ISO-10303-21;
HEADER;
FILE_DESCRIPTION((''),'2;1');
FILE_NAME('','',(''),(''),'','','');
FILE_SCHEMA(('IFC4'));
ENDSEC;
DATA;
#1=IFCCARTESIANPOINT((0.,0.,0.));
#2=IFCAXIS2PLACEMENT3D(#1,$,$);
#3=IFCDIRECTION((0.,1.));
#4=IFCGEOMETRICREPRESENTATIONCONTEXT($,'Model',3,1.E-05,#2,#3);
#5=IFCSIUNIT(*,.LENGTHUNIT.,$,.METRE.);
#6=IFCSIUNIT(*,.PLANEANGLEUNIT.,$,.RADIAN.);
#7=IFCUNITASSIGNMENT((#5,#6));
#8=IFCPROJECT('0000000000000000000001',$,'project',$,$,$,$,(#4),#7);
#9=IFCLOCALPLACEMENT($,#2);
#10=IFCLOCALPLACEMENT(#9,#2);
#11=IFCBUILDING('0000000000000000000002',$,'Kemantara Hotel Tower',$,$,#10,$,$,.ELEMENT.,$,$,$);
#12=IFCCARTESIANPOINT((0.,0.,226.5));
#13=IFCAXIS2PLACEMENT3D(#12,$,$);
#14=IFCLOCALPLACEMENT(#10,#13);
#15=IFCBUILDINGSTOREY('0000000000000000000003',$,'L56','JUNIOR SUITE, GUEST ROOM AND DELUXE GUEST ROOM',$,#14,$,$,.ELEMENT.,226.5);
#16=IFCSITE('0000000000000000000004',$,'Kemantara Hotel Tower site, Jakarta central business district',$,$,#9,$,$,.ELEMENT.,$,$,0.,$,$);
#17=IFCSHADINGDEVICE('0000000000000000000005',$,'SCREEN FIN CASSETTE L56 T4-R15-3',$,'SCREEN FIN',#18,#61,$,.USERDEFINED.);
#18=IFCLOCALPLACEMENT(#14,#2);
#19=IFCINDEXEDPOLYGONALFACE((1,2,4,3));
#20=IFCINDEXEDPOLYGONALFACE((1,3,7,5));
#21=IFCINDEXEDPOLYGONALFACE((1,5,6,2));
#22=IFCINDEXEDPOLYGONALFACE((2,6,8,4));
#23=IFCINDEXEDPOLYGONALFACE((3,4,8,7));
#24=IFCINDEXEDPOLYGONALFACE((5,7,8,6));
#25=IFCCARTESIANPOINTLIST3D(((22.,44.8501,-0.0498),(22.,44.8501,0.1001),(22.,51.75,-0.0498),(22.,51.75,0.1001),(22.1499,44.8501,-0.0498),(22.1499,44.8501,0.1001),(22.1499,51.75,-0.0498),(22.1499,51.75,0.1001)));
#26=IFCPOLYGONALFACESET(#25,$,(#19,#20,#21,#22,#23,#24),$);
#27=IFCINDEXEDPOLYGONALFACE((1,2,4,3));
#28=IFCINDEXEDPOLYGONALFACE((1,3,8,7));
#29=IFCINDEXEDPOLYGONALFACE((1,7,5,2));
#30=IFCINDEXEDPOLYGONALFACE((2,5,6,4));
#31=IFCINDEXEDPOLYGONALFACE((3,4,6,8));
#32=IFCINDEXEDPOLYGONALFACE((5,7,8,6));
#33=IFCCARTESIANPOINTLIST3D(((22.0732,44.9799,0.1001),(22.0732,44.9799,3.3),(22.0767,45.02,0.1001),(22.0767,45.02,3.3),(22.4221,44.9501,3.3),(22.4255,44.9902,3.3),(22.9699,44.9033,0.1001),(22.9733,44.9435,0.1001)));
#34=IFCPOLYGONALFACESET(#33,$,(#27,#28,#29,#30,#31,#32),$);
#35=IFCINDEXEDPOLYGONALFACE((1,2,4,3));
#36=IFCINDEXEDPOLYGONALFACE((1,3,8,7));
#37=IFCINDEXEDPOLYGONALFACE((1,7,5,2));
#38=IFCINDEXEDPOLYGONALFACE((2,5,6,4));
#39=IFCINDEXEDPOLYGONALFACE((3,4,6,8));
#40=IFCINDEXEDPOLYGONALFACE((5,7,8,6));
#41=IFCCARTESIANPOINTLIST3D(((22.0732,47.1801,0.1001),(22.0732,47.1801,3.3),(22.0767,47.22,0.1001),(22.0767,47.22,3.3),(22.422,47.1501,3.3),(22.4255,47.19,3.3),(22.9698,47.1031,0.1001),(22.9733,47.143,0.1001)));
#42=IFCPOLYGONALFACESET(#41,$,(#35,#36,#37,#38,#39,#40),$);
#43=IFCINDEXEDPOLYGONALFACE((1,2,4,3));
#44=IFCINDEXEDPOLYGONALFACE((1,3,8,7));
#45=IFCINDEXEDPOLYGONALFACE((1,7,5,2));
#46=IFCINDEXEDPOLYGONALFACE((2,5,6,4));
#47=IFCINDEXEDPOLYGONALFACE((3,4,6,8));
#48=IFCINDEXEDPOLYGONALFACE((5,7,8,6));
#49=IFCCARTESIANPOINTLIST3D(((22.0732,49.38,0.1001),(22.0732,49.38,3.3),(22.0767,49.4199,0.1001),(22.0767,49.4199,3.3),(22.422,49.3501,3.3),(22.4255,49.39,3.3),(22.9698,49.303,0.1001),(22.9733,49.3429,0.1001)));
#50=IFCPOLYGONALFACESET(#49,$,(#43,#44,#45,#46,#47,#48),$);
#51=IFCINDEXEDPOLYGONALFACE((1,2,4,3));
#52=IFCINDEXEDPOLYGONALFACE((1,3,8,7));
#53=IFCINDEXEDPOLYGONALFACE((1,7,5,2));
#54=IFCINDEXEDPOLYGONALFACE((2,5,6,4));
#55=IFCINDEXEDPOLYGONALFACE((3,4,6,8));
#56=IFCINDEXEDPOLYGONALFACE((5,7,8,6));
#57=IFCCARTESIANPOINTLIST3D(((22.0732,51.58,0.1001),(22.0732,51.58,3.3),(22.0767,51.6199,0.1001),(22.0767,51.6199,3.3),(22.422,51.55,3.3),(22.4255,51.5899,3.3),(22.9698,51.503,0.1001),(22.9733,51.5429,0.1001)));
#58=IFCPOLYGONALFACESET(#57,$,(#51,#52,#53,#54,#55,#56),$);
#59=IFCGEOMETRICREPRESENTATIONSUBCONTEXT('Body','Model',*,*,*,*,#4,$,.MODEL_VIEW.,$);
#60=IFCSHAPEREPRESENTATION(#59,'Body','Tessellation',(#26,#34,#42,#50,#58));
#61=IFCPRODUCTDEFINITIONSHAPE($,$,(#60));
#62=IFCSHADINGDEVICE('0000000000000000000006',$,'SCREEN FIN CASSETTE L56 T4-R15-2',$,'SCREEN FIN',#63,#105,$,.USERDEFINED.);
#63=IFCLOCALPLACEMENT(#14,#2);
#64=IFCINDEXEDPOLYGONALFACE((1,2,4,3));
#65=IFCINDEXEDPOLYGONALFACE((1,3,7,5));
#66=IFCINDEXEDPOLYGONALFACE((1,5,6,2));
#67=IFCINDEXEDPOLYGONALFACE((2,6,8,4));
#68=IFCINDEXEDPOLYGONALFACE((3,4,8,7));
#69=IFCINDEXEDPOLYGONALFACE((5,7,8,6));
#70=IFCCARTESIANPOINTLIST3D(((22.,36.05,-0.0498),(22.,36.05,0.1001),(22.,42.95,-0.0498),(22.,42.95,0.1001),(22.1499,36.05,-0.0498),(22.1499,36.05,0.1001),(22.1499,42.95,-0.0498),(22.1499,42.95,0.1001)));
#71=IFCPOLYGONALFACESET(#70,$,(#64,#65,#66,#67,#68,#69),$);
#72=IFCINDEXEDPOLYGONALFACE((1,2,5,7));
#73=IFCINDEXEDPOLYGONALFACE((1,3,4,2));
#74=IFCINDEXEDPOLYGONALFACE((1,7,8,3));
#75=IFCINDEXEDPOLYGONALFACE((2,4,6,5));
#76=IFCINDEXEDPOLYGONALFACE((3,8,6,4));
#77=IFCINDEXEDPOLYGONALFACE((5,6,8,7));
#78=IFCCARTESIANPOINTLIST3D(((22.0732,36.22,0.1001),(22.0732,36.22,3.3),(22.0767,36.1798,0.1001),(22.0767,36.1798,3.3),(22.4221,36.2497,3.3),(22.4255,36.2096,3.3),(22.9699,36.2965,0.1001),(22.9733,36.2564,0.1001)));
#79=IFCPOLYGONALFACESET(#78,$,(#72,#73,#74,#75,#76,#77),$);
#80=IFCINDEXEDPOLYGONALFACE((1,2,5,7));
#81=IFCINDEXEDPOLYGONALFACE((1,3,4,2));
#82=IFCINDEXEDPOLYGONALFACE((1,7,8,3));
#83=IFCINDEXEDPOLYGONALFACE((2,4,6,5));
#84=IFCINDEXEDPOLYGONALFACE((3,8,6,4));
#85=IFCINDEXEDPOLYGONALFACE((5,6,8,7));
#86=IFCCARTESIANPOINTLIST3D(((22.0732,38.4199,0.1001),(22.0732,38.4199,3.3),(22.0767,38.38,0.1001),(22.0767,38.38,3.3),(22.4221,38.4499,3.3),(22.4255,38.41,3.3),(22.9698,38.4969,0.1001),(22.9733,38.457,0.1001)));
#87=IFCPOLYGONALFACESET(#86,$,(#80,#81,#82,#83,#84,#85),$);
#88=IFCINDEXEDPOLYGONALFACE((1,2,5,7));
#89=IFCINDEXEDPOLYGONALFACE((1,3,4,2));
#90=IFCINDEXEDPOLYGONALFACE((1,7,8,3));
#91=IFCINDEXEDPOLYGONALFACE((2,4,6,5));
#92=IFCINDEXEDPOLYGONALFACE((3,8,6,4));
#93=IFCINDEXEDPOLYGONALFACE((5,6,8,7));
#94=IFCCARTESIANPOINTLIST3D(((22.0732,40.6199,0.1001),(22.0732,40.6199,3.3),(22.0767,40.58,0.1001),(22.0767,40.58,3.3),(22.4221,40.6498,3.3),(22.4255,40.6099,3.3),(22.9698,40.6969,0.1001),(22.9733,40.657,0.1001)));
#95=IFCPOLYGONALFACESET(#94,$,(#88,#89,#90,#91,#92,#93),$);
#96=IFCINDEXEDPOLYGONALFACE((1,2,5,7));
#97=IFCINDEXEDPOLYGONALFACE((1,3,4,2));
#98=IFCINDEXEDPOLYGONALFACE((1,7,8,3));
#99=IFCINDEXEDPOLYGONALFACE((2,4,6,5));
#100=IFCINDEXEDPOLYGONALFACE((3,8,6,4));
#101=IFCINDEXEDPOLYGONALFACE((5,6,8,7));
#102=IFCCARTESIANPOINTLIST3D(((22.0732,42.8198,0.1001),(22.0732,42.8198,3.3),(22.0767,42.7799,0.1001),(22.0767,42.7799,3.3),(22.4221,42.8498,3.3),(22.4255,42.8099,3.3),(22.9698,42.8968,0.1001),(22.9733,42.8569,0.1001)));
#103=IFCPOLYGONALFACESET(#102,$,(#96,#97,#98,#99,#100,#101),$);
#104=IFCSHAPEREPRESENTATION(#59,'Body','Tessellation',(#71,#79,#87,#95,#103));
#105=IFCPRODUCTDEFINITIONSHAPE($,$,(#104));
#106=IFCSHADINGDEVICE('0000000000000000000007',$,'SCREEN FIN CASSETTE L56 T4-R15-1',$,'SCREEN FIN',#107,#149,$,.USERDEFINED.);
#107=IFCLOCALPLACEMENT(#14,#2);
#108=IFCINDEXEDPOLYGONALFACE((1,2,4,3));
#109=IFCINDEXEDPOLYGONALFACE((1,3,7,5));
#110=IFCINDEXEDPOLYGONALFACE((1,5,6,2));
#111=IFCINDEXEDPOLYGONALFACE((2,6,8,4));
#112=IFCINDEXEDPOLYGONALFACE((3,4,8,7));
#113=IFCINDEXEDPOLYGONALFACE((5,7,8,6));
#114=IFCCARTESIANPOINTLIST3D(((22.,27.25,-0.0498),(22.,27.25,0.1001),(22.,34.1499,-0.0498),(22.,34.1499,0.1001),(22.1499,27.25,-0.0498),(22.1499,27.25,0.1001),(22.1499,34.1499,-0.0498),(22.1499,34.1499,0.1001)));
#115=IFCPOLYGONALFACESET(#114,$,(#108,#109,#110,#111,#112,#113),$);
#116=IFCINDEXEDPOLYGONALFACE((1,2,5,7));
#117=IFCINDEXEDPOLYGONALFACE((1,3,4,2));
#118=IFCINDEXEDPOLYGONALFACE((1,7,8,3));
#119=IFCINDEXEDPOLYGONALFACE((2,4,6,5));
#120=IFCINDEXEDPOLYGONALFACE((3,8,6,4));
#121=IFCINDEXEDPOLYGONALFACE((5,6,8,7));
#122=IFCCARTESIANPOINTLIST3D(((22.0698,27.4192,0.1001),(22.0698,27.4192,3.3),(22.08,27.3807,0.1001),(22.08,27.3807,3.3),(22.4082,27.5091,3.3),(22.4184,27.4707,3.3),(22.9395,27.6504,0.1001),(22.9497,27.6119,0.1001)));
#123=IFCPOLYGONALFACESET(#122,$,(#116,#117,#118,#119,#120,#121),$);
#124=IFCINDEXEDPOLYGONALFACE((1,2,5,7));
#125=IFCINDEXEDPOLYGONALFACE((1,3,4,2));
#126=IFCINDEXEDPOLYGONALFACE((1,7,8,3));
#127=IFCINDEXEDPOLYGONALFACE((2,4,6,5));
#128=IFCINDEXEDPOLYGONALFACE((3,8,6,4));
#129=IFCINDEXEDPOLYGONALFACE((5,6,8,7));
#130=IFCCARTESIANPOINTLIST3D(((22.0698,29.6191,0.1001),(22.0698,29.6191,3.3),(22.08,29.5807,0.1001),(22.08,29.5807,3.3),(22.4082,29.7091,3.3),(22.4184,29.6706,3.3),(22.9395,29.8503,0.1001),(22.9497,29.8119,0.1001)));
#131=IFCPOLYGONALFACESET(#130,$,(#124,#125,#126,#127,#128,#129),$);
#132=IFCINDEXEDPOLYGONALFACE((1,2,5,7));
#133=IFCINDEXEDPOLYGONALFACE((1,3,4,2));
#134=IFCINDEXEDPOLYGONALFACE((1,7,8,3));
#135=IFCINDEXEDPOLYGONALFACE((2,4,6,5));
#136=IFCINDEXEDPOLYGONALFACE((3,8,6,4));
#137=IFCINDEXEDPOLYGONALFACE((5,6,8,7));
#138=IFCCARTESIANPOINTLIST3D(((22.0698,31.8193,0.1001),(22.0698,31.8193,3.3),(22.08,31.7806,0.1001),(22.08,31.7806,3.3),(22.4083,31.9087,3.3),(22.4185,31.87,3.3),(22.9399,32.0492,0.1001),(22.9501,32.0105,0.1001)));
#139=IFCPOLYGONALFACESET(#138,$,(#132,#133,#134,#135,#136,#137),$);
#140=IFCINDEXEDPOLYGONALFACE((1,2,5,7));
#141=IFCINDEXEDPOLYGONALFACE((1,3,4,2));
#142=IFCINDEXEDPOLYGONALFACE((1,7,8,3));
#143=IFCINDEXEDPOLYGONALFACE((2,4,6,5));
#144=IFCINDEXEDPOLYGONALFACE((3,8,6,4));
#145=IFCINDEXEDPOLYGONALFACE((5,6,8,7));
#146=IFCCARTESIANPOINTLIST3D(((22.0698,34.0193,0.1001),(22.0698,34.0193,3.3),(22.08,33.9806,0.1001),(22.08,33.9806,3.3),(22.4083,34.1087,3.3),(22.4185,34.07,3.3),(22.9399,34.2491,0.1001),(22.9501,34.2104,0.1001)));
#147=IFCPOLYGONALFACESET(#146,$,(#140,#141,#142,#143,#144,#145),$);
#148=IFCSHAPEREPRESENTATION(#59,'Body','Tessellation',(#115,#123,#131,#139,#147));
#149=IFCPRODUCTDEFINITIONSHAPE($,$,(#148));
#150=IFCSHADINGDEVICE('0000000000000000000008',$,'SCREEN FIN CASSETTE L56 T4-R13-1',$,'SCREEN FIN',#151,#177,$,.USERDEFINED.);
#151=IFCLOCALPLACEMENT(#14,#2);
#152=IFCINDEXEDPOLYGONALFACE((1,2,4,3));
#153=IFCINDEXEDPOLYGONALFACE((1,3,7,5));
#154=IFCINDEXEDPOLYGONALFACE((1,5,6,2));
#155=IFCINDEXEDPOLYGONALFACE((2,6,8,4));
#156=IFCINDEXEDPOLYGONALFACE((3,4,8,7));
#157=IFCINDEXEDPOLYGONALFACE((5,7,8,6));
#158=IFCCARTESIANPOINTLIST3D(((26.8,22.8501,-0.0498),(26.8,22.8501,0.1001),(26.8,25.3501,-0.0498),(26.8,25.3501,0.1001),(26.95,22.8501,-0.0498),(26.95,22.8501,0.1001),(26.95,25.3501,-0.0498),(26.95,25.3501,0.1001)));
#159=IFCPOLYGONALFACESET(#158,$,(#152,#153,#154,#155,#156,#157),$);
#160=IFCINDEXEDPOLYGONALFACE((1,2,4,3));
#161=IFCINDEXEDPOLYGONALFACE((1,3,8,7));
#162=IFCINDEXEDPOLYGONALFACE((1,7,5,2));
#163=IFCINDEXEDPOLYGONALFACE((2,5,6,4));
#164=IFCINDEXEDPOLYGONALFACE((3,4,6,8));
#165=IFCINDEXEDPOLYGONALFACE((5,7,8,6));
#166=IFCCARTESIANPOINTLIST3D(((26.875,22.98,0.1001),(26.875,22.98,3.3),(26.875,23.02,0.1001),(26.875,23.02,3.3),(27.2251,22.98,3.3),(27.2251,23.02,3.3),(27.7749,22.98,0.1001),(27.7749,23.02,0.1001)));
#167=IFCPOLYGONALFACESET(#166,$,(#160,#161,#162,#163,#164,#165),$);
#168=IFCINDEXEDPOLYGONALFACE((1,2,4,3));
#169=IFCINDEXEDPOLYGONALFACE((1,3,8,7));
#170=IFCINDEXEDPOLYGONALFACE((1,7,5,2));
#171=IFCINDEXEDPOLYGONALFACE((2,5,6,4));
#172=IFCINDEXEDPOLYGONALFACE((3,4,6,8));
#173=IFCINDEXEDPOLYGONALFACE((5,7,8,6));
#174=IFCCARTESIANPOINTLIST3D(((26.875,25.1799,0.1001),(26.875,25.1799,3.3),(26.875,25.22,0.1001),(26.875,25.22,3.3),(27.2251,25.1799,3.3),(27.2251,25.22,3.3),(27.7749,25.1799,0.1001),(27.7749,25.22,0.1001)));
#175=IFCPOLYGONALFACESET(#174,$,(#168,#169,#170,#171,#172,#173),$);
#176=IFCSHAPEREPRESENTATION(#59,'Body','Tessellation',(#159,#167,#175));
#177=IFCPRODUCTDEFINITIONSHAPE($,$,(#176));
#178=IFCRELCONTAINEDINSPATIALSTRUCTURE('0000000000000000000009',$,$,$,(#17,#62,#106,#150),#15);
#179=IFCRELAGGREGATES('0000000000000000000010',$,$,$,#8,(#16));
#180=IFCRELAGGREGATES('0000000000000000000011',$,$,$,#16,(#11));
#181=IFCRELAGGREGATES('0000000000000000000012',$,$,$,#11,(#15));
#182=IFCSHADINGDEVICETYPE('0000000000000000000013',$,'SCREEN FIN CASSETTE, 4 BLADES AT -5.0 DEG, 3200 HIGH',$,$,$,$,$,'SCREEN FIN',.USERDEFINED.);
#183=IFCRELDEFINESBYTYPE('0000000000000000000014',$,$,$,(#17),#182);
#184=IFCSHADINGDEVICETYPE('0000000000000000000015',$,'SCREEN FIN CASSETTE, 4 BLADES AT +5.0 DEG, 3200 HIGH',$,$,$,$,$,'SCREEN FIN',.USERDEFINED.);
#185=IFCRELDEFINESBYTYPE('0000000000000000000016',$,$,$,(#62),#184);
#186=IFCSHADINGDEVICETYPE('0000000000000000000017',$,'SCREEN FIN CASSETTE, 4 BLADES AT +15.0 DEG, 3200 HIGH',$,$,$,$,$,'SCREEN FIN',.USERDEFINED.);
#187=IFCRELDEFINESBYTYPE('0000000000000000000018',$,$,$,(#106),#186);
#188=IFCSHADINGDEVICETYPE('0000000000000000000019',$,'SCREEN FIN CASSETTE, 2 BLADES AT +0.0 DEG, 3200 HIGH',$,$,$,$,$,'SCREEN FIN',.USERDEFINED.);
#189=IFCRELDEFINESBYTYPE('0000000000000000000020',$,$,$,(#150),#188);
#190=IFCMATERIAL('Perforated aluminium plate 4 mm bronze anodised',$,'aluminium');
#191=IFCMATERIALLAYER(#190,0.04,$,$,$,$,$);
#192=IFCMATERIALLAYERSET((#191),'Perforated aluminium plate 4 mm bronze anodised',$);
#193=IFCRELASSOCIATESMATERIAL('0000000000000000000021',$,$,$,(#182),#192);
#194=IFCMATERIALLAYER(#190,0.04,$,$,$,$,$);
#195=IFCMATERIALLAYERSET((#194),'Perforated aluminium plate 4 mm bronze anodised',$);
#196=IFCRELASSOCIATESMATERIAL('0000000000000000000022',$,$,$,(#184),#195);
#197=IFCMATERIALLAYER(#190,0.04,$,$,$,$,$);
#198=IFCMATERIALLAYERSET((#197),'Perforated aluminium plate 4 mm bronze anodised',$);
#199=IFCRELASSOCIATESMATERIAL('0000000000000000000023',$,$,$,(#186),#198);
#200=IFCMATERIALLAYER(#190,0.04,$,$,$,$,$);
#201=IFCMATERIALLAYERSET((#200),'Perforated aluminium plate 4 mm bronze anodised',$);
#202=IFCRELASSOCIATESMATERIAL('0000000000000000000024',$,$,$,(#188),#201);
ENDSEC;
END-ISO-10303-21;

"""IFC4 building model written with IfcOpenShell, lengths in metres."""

from ifc_helpers import new_model, si_unit, direction, frame, origin, origin_2d, place, context, subcontext, project, spatial, polyline, rectangle, outline, extrude, source, transform, mapped, material, layer, layer_set, type_object, element, save


model = new_model("IFC4")

# Units and contexts
model_context = context("Model", 3, precision=1e-05, world=origin(), true_north=direction((0.0, 1.0)))
body_context = subcontext(model_context, "Body", "Model", "MODEL_VIEW")
ifc_project = project(units=[si_unit("LENGTHUNIT", "METRE"), si_unit("PLANEANGLEUNIT", "RADIAN")], contexts=[model_context])

# Site, building, storey
site_placement = place(None, origin())
site = spatial("IfcSite", under=ifc_project, at=site_placement, Name="Kemantara Hotel Tower site, Jakarta central business district", CompositionType="ELEMENT", RefElevation=0.0)
building_placement = place(site_placement, origin())
building = spatial("IfcBuilding", under=site, at=building_placement, Name="Kemantara Hotel Tower", CompositionType="ELEMENT")
storey_placement = place(building_placement, frame((0.0, 0.0, 226.5)))
storey = spatial("IfcBuildingStorey", under=building, at=storey_placement, Name="L56", Description="JUNIOR SUITE, GUEST ROOM AND DELUXE GUEST ROOM", CompositionType="ELEMENT", Elevation=226.5)

# Shading devices
ifc_material_1 = material(Name="Perforated aluminium plate 4 mm bronze anodised", Category="aluminium")
ifc_layer_1 = layer(ifc_material_1, 0.04)
ifc_layer_set_1 = layer_set([ifc_layer_1], Name="Perforated aluminium plate 4 mm bronze anodised")
shading_device_type_1 = type_object("IfcShadingDeviceType", Name="SCREEN FIN CASSETTE, 4 BLADES AT -5.0 DEG, 3200 HIGH", ElementType="SCREEN FIN", PredefinedType="USERDEFINED", material=ifc_layer_set_1)
shared_shape_1 = source(origin(), body_context, "Body", "SweptSolid", [
    extrude(rectangle(XDim=6.8999, YDim=0.1499, at=origin_2d()), frame((3.3, -0.075, -0.1499), z_axis=(0.0, 0.0, 1.0), x_axis=(1.0, 0.0, 0.0)), (0.0, 0.0, 1.0), 0.1499),
    extrude(outline(polyline([(0.0, 0.0), (0.8999, 0.0), (0.3501, 3.2), (0.0, 3.2), (0.0, 0.0)])), frame((0.02, -0.0767, 0.0), z_axis=(-0.996376, 0.085056, 0.0), x_axis=(-0.085056, -0.996376, 0.0)), (0.0, 0.0, 1.0), 0.0403),
    extrude(outline(polyline([(0.0, 0.0), (0.8999, 0.0), (0.3501, 3.2), (0.0, 3.2), (0.0, 0.0)])), frame((2.22, -0.0767, 0.0), z_axis=(-0.996332, 0.085575, 0.0), x_axis=(-0.085575, -0.996332, 0.0)), (0.0, 0.0, 1.0), 0.04),
    extrude(outline(polyline([(0.0, 0.0), (0.8999, 0.0), (0.3501, 3.2), (0.0, 3.2), (0.0, 0.0)])), frame((4.4199, -0.0767, 0.0), z_axis=(-0.996332, 0.085575, 0.0), x_axis=(-0.085575, -0.996332, 0.0)), (0.0, 0.0, 1.0), 0.04),
    extrude(outline(polyline([(0.0, 0.0), (0.8999, 0.0), (0.3501, 3.2), (0.0, 3.2), (0.0, 0.0)])), frame((6.6199, -0.0767, 0.0), z_axis=(-0.996332, 0.085575, 0.0), x_axis=(-0.085575, -0.996332, 0.0)), (0.0, 0.0, 1.0), 0.04),
])
shading_device_1_placement = place(storey_placement, frame((22.0, 45.0, 0.1001), z_axis=(0.0, 0.0, 1.0), x_axis=(0.0, 1.0, 0.0)))
element("IfcShadingDevice", 1, at=shading_device_1_placement, inside=storey, type_object=shading_device_type_1, Name="SCREEN FIN CASSETTE L56 T4-R15-3", ObjectType="SCREEN FIN", PredefinedType="USERDEFINED", context=body_context, shape_type="MappedRepresentation", body=[
    mapped(shared_shape_1, transform((0.0, 0.0, 0.0))),
])
ifc_layer_2 = layer(ifc_material_1, 0.04)
ifc_layer_set_2 = layer_set([ifc_layer_2], Name="Perforated aluminium plate 4 mm bronze anodised")
shading_device_type_2 = type_object("IfcShadingDeviceType", Name="SCREEN FIN CASSETTE, 4 BLADES AT +5.0 DEG, 3200 HIGH", ElementType="SCREEN FIN", PredefinedType="USERDEFINED", material=ifc_layer_set_2)
shared_shape_2 = source(origin(), body_context, "Body", "SweptSolid", [
    extrude(rectangle(XDim=6.8999, YDim=0.1499, at=origin_2d()), frame((3.3, -0.075, -0.1499), z_axis=(0.0, 0.0, 1.0), x_axis=(1.0, 0.0, 0.0)), (0.0, 0.0, 1.0), 0.1499),
    extrude(outline(polyline([(0.0, 0.0), (0.8999, 0.0), (0.3501, 3.2), (0.0, 3.2), (0.0, 0.0)])), frame((0.02, -0.0732, 0.0), z_axis=(-0.996376, -0.085056, 0.0), x_axis=(0.085056, -0.996376, 0.0)), (0.0, 0.0, 1.0), 0.0403),
    extrude(outline(polyline([(0.0, 0.0), (0.8999, 0.0), (0.3501, 3.2), (0.0, 3.2), (0.0, 0.0)])), frame((2.22, -0.0732, 0.0), z_axis=(-0.996332, -0.085575, 0.0), x_axis=(0.085575, -0.996332, 0.0)), (0.0, 0.0, 1.0), 0.04),
    extrude(outline(polyline([(0.0, 0.0), (0.8999, 0.0), (0.3501, 3.2), (0.0, 3.2), (0.0, 0.0)])), frame((4.4199, -0.0732, 0.0), z_axis=(-0.996332, -0.085575, 0.0), x_axis=(0.085575, -0.996332, 0.0)), (0.0, 0.0, 1.0), 0.04),
    extrude(outline(polyline([(0.0, 0.0), (0.8999, 0.0), (0.3501, 3.2), (0.0, 3.2), (0.0, 0.0)])), frame((6.6199, -0.0732, 0.0), z_axis=(-0.996332, -0.085575, 0.0), x_axis=(0.085575, -0.996332, 0.0)), (0.0, 0.0, 1.0), 0.04),
])
shading_device_2_placement = place(storey_placement, frame((22.0, 36.2, 0.1001), z_axis=(0.0, 0.0, 1.0), x_axis=(0.0, 1.0, 0.0)))
element("IfcShadingDevice", 2, at=shading_device_2_placement, inside=storey, type_object=shading_device_type_2, Name="SCREEN FIN CASSETTE L56 T4-R15-2", ObjectType="SCREEN FIN", PredefinedType="USERDEFINED", context=body_context, shape_type="MappedRepresentation", body=[
    mapped(shared_shape_2, transform((0.0, 0.0, 0.0))),
])
ifc_layer_3 = layer(ifc_material_1, 0.04)
ifc_layer_set_3 = layer_set([ifc_layer_3], Name="Perforated aluminium plate 4 mm bronze anodised")
shading_device_type_3 = type_object("IfcShadingDeviceType", Name="SCREEN FIN CASSETTE, 4 BLADES AT +15.0 DEG, 3200 HIGH", ElementType="SCREEN FIN", PredefinedType="USERDEFINED", material=ifc_layer_set_3)
shared_shape_3 = source(origin(), body_context, "Body", "SweptSolid", [
    extrude(rectangle(XDim=6.8999, YDim=0.1499, at=origin_2d()), frame((3.3, -0.075, -0.1499), z_axis=(0.0, 0.0, 1.0), x_axis=(1.0, 0.0, 0.0)), (0.0, 0.0, 1.0), 0.1499),
    extrude(outline(polyline([(0.0, 0.0), (0.8999, 0.0), (0.3501, 3.2), (0.0, 3.2), (0.0, 0.0)])), frame((0.0193, -0.0698, 0.0), z_axis=(-0.966438, -0.256901, 0.0), x_axis=(0.256901, -0.966438, 0.0)), (0.0, 0.0, 1.0), 0.0398),
    extrude(outline(polyline([(0.0, 0.0), (0.8999, 0.0), (0.3501, 3.2), (0.0, 3.2), (0.0, 0.0)])), frame((2.2192, -0.0698, 0.0), z_axis=(-0.966438, -0.256901, 0.0), x_axis=(0.256901, -0.966438, 0.0)), (0.0, 0.0, 1.0), 0.0398),
    extrude(outline(polyline([(0.0, 0.0), (0.8999, 0.0), (0.3501, 3.2), (0.0, 3.2), (0.0, 0.0)])), frame((4.4194, -0.0698, 0.0), z_axis=(-0.966838, -0.255391, 0.0), x_axis=(0.255391, -0.966838, 0.0)), (0.0, 0.0, 1.0), 0.04),
    extrude(outline(polyline([(0.0, 0.0), (0.8999, 0.0), (0.3501, 3.2), (0.0, 3.2), (0.0, 0.0)])), frame((6.6194, -0.0698, 0.0), z_axis=(-0.966838, -0.255391, 0.0), x_axis=(0.255391, -0.966838, 0.0)), (0.0, 0.0, 1.0), 0.04),
])
shading_device_3_placement = place(storey_placement, frame((22.0, 27.3999, 0.1001), z_axis=(0.0, 0.0, 1.0), x_axis=(0.0, 1.0, 0.0)))
element("IfcShadingDevice", 3, at=shading_device_3_placement, inside=storey, type_object=shading_device_type_3, Name="SCREEN FIN CASSETTE L56 T4-R15-1", ObjectType="SCREEN FIN", PredefinedType="USERDEFINED", context=body_context, shape_type="MappedRepresentation", body=[
    mapped(shared_shape_3, transform((0.0, 0.0, 0.0))),
])
ifc_layer_4 = layer(ifc_material_1, 0.04)
ifc_layer_set_4 = layer_set([ifc_layer_4], Name="Perforated aluminium plate 4 mm bronze anodised")
shading_device_type_4 = type_object("IfcShadingDeviceType", Name="SCREEN FIN CASSETTE, 2 BLADES AT +0.0 DEG, 3200 HIGH", ElementType="SCREEN FIN", PredefinedType="USERDEFINED", material=ifc_layer_set_4)
shared_shape_4 = source(origin(), body_context, "Body", "SweptSolid", [
    extrude(rectangle(XDim=2.5, YDim=0.1499, at=origin_2d()), frame((1.1001, -0.075, -0.1499), z_axis=(0.0, 0.0, 1.0), x_axis=(1.0, 0.0, 0.0)), (0.0, 0.0, 1.0), 0.1499),
    extrude(outline(polyline([(0.0, 0.0), (0.8999, 0.0), (0.3501, 3.2), (0.0, 3.2), (0.0, 0.0)])), frame((0.02, -0.075, 0.0), z_axis=(-1.0, 0.0, 0.0), x_axis=(0.0, -1.0, 0.0)), (0.0, 0.0, 1.0), 0.04),
    extrude(outline(polyline([(0.0, 0.0), (0.8999, 0.0), (0.3501, 3.2), (0.0, 3.2), (0.0, 0.0)])), frame((2.22, -0.075, 0.0), z_axis=(-1.0, 0.0, 0.0), x_axis=(0.0, -1.0, 0.0)), (0.0, 0.0, 1.0), 0.04),
])
for number, where, z_axis, x_axis, name in (
    (4, (26.8, 23.0, 0.1001), (0.0, 0.0, 1.0), (0.0, 1.0, 0.0), "SCREEN FIN CASSETTE L56 T4-R13-1"),
):
    element("IfcShadingDevice", number, at=place(storey_placement, frame(where, z_axis=z_axis, x_axis=x_axis)), inside=storey, type_object=shading_device_type_4, Name=name, ObjectType="SCREEN FIN", PredefinedType="USERDEFINED", context=body_context, shape_type="MappedRepresentation", body=[
        mapped(shared_shape_4, transform((0.0, 0.0, 0.0))),
    ])

save(model, "model.ifc")
